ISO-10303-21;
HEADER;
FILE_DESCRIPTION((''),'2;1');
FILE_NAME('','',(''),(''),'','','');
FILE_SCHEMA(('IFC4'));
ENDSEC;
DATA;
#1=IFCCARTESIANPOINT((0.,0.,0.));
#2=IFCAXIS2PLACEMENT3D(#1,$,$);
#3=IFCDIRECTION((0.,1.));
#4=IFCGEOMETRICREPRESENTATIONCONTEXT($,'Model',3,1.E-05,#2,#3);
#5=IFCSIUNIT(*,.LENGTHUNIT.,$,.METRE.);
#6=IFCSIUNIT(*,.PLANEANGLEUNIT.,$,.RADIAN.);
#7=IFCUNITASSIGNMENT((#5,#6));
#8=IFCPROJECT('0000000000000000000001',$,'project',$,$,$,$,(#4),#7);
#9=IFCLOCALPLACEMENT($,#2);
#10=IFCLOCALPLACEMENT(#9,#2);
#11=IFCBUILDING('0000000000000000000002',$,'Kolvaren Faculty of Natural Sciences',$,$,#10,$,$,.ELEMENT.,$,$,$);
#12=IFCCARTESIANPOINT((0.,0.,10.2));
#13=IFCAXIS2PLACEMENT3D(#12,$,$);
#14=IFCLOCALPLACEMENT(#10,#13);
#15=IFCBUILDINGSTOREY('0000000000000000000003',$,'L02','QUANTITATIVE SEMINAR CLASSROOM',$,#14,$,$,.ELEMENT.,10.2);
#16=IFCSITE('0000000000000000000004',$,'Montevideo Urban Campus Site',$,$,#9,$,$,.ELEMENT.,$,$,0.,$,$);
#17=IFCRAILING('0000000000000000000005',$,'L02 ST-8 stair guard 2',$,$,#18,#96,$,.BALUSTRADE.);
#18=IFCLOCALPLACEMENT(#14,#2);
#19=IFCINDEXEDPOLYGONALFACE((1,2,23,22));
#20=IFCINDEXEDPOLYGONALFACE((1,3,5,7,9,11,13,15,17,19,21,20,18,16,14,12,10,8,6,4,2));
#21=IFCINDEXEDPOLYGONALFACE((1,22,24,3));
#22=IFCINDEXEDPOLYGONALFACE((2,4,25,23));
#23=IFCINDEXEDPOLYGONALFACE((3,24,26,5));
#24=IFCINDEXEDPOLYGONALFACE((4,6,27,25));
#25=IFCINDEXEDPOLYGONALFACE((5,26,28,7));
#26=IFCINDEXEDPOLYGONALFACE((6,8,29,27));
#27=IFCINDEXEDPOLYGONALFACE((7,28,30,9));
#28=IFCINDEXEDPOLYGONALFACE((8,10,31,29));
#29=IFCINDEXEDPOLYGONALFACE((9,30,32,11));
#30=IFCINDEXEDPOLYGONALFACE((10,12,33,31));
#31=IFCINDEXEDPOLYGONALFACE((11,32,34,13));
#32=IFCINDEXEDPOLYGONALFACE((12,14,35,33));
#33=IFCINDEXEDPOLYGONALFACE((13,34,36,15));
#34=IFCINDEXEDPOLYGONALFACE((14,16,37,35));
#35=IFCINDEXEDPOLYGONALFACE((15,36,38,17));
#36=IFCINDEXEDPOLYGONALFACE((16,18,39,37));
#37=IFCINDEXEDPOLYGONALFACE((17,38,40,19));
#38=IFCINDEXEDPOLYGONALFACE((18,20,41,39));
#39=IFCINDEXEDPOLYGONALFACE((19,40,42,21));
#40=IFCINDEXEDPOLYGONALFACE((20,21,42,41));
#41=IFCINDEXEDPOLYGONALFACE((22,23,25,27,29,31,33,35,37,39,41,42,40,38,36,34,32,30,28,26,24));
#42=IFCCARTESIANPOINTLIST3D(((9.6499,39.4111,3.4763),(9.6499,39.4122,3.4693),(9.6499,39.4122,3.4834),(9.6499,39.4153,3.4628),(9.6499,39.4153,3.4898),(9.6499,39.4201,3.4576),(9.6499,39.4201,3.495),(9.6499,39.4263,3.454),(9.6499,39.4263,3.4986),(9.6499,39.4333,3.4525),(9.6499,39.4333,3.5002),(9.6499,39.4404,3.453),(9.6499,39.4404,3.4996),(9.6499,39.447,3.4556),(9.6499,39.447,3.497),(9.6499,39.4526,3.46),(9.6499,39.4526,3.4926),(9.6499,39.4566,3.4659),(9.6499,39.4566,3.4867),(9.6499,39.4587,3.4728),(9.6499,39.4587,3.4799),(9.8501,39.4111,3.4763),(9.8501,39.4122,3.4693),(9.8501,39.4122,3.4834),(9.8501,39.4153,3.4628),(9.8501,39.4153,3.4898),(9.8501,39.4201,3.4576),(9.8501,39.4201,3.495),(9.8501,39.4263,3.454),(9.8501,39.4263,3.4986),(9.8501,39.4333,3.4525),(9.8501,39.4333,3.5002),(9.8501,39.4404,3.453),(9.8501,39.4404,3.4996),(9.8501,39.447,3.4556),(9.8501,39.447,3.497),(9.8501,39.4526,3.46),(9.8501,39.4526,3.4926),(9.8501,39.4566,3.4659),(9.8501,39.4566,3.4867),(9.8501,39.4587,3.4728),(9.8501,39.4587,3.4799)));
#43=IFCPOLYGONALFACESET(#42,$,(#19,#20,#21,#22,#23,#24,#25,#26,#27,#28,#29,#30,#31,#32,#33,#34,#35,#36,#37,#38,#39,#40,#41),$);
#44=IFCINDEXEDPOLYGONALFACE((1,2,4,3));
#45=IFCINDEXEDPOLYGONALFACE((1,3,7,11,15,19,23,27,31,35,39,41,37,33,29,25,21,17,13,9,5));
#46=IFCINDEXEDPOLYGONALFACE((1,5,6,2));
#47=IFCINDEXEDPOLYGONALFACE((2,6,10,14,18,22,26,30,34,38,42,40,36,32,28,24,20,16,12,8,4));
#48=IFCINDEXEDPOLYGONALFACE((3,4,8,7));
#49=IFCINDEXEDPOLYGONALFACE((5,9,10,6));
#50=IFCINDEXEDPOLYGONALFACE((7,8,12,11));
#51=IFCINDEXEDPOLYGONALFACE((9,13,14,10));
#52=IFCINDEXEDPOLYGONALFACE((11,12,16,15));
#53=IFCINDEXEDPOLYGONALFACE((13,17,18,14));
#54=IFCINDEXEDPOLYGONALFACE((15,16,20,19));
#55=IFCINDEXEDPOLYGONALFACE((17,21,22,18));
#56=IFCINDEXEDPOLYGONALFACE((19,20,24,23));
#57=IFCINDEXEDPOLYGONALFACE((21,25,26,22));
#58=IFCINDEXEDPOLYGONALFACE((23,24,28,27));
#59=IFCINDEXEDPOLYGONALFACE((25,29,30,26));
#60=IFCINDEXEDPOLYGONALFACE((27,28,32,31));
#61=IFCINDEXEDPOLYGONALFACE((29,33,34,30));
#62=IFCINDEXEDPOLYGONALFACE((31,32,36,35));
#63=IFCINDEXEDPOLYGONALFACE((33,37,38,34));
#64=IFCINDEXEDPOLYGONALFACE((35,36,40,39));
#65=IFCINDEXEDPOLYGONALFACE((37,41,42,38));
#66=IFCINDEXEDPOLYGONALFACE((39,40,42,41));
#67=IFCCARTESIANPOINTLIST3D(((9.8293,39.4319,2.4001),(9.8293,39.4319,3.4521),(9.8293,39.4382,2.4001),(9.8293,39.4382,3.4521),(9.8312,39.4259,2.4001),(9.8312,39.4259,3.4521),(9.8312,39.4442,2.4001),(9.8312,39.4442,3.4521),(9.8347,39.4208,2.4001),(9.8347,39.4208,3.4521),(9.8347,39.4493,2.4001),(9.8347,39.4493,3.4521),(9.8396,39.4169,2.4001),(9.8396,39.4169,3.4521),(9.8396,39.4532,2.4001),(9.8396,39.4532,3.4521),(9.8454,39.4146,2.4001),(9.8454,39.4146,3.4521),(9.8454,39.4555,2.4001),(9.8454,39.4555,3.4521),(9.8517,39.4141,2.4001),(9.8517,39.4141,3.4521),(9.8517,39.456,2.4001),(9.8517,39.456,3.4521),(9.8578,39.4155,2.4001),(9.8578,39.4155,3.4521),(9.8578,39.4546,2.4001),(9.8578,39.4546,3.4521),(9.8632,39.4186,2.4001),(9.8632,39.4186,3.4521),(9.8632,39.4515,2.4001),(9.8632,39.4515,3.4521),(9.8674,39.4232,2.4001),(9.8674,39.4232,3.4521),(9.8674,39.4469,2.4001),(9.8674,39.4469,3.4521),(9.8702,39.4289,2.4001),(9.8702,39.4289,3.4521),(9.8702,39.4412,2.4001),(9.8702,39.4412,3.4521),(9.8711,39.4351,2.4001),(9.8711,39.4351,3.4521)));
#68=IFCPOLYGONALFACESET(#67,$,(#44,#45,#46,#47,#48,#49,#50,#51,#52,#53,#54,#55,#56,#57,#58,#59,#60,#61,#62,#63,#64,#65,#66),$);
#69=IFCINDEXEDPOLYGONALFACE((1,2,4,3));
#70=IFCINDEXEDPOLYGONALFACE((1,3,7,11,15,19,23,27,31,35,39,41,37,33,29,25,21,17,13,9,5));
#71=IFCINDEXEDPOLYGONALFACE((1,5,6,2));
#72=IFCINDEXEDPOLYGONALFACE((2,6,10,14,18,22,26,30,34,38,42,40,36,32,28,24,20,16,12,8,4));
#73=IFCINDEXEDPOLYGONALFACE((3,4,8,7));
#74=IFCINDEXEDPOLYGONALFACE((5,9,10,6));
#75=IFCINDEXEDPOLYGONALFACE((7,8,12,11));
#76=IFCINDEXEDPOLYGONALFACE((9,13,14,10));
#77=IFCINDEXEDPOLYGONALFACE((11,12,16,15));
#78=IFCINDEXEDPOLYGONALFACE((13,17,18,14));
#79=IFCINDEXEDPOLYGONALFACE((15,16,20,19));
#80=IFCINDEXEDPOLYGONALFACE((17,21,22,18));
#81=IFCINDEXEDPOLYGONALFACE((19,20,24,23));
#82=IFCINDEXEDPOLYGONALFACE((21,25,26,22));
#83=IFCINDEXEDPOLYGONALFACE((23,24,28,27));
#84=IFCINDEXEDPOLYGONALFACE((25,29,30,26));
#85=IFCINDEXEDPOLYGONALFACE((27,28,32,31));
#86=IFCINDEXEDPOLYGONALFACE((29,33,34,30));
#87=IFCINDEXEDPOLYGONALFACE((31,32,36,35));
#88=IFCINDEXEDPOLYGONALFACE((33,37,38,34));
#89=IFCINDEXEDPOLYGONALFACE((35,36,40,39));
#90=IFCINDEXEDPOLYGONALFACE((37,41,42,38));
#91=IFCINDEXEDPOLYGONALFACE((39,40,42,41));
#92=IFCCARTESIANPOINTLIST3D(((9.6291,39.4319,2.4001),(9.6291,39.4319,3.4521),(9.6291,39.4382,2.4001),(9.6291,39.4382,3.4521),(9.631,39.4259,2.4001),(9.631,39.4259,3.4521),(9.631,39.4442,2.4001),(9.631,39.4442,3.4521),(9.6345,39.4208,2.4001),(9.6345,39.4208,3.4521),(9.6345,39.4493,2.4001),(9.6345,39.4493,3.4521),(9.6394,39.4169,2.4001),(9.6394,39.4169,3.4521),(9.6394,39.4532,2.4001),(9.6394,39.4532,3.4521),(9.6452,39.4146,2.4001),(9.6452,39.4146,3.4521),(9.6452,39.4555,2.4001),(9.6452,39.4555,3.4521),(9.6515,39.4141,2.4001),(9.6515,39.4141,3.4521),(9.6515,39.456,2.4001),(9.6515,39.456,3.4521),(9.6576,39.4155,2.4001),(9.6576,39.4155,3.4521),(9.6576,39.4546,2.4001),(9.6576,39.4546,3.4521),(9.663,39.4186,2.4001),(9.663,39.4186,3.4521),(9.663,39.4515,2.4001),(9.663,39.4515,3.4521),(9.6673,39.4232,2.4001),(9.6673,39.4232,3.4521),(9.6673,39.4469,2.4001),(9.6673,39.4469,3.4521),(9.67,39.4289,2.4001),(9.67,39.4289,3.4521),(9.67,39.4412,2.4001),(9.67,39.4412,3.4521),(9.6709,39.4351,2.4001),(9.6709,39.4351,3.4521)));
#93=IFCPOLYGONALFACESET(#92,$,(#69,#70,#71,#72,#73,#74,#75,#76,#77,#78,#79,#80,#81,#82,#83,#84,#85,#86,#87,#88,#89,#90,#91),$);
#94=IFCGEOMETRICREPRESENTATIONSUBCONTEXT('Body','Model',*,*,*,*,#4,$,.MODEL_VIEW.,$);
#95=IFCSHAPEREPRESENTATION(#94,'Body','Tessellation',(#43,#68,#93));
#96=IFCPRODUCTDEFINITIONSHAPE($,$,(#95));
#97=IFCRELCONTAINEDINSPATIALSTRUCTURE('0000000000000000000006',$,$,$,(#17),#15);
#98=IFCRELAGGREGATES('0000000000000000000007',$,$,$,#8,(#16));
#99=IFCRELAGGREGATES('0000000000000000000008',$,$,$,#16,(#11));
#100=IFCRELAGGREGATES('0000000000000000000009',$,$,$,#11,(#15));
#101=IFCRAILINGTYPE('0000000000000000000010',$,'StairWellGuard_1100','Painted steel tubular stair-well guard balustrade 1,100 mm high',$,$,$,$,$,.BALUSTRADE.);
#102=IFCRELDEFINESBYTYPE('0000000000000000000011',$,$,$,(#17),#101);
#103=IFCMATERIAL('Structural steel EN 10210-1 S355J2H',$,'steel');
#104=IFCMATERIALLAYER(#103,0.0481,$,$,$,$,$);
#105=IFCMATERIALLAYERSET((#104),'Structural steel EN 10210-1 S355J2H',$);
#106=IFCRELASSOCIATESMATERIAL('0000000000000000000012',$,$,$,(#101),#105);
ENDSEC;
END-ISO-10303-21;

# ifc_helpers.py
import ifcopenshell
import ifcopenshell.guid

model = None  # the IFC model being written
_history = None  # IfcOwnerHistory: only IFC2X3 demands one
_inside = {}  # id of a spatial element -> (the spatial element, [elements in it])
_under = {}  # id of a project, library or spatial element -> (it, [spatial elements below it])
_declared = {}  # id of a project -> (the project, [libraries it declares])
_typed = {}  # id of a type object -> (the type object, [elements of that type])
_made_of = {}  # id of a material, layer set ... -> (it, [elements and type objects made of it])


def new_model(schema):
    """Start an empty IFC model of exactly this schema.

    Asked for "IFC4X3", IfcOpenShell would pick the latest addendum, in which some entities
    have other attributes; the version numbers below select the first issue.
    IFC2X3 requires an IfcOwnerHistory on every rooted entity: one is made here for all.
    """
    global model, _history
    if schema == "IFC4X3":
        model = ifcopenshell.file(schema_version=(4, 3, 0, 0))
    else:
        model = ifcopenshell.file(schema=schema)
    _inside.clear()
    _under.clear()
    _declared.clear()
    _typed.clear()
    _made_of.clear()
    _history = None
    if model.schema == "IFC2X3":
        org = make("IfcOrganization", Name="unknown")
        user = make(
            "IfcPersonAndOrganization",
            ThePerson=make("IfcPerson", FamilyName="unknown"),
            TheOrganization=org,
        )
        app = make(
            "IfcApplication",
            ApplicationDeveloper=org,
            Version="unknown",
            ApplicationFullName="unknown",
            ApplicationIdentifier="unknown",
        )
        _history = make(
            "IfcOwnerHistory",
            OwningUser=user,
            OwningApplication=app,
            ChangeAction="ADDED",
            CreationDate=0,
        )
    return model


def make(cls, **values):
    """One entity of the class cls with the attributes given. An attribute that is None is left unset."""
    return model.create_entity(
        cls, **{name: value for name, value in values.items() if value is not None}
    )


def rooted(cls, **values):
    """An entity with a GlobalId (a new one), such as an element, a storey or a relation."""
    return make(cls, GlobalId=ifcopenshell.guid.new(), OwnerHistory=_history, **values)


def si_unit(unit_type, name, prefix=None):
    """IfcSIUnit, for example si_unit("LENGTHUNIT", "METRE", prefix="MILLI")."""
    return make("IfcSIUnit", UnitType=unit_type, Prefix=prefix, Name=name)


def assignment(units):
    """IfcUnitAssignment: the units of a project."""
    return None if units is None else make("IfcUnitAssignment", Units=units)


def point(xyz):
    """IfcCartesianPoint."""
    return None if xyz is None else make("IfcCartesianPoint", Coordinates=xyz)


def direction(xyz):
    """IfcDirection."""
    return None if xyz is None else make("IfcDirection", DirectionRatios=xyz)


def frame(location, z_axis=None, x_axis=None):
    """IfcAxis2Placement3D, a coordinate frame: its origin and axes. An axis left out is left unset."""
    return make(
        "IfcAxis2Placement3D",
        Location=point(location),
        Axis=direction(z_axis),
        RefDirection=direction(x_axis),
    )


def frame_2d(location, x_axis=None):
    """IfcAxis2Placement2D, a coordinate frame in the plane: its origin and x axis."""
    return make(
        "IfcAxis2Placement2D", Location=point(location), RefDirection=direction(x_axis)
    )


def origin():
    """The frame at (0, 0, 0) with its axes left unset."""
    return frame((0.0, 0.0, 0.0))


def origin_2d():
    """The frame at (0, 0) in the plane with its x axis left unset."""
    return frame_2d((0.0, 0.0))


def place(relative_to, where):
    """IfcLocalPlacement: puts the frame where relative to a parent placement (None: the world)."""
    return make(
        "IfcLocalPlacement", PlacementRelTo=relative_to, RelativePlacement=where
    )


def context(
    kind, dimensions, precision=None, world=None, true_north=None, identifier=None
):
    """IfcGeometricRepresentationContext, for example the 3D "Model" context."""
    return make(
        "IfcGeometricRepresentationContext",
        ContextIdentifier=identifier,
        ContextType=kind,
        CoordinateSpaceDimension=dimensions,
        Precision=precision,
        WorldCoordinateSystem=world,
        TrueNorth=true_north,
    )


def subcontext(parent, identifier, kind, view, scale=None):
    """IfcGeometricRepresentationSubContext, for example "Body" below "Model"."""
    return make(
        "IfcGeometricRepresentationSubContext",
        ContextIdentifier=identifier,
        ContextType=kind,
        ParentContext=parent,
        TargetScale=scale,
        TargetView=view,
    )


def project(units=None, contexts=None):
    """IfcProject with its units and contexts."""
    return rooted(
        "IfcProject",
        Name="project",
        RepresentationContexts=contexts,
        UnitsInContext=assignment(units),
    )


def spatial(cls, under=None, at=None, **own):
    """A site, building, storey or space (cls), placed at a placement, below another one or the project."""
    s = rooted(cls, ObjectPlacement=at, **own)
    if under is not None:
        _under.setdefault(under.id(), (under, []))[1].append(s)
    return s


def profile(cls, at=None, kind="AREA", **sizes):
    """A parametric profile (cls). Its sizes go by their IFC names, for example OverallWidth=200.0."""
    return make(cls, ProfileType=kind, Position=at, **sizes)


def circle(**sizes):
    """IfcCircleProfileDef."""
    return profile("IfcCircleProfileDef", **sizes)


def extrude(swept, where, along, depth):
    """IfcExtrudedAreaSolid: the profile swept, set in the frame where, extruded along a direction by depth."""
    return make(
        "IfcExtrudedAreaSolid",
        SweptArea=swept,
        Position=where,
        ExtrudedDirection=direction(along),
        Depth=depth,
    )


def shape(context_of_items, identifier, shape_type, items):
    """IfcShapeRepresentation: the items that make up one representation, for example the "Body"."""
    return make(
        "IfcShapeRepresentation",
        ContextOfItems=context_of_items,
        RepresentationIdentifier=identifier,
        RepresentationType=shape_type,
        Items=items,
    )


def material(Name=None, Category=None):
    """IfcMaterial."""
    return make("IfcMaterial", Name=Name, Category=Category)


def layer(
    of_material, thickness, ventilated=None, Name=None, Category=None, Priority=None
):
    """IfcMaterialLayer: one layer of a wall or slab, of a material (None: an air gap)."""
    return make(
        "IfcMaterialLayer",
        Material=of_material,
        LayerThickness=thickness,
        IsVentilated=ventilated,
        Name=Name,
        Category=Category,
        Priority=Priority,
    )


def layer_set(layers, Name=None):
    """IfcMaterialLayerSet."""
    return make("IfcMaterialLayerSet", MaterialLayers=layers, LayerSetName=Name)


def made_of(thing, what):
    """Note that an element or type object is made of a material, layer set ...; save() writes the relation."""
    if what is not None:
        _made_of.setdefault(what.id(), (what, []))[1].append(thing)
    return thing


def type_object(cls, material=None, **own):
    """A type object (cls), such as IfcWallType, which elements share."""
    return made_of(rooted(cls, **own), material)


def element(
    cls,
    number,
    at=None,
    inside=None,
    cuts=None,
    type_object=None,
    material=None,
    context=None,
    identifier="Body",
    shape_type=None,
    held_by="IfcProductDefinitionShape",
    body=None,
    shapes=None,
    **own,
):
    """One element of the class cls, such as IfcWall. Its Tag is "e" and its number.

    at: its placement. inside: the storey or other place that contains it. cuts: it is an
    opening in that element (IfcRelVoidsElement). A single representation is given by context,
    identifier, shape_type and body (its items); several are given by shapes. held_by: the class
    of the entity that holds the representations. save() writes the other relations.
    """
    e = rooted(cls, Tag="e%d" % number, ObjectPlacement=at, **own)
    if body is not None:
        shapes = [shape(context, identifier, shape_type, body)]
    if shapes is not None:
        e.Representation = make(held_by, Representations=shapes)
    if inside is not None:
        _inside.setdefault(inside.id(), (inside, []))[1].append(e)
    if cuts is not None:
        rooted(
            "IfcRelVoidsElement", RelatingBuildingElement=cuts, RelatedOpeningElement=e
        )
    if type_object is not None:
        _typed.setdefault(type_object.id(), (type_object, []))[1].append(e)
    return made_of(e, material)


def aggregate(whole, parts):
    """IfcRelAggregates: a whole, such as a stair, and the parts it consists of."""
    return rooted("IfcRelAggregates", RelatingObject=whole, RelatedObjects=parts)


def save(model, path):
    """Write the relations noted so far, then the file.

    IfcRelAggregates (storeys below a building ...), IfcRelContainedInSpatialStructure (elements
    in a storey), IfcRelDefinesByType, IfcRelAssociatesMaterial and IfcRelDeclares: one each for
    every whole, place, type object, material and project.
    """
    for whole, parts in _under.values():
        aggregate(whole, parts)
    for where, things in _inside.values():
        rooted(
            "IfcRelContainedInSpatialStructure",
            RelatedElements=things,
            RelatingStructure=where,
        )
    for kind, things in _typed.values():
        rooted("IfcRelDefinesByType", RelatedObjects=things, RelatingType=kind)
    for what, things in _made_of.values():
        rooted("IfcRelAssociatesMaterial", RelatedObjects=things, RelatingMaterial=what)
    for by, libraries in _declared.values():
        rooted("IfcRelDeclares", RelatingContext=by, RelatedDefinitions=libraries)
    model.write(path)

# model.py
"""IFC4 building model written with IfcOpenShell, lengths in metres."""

from ifc_helpers import new_model, si_unit, direction, frame, origin, origin_2d, place, context, subcontext, project, spatial, circle, extrude, material, layer, layer_set, type_object, element, save


model = new_model("IFC4")

# Units and contexts
model_context = context("Model", 3, precision=1e-05, world=origin(), true_north=direction((0.0, 1.0)))
body_context = subcontext(model_context, "Body", "Model", "MODEL_VIEW")
ifc_project = project(units=[si_unit("LENGTHUNIT", "METRE"), si_unit("PLANEANGLEUNIT", "RADIAN")], contexts=[model_context])

# Site, building, storey
site_placement = place(None, origin())
site = spatial("IfcSite", under=ifc_project, at=site_placement, Name="Montevideo Urban Campus Site", CompositionType="ELEMENT", RefElevation=0.0)
building_placement = place(site_placement, origin())
building = spatial("IfcBuilding", under=site, at=building_placement, Name="Kolvaren Faculty of Natural Sciences", CompositionType="ELEMENT")
storey_placement = place(building_placement, frame((0.0, 0.0, 10.2)))
storey = spatial("IfcBuildingStorey", under=building, at=storey_placement, Name="L02", Description="QUANTITATIVE SEMINAR CLASSROOM", CompositionType="ELEMENT", Elevation=10.2)

# Railing
ifc_material_1 = material(Name="Structural steel EN 10210-1 S355J2H", Category="steel")
ifc_layer_1 = layer(ifc_material_1, 0.0481)
ifc_layer_set_1 = layer_set([ifc_layer_1], Name="Structural steel EN 10210-1 S355J2H")
railing_type_1 = type_object("IfcRailingType", Name="StairWellGuard_1100", Description="Painted steel tubular stair-well guard balustrade 1,100 mm high", PredefinedType="BALUSTRADE", material=ifc_layer_set_1)
railing_1_placement = place(storey_placement, frame((9.8501, 39.4351, 2.4001)))
element("IfcRailing", 1, at=railing_1_placement, inside=storey, type_object=railing_type_1, Name="L02 ST-8 stair guard 2", PredefinedType="BALUSTRADE", context=body_context, shape_type="SweptSolid", body=[
    extrude(circle(Radius=0.0239, at=origin_2d()), frame((0.0, 0.0, 1.0762), z_axis=(-1.0, 0.0, 0.0), x_axis=(0.0, -1.0, 0.0)), (0.0, 0.0, 1.0), 0.2002),
    extrude(circle(Radius=0.021, at=origin_2d()), origin(), (0.0, 0.0, 1.0), 1.052),
    extrude(circle(Radius=0.021, at=origin_2d()), frame((-0.2002, 0.0, 0.0)), (0.0, 0.0, 1.0), 1.052),
])

save(model, "model.ifc")
